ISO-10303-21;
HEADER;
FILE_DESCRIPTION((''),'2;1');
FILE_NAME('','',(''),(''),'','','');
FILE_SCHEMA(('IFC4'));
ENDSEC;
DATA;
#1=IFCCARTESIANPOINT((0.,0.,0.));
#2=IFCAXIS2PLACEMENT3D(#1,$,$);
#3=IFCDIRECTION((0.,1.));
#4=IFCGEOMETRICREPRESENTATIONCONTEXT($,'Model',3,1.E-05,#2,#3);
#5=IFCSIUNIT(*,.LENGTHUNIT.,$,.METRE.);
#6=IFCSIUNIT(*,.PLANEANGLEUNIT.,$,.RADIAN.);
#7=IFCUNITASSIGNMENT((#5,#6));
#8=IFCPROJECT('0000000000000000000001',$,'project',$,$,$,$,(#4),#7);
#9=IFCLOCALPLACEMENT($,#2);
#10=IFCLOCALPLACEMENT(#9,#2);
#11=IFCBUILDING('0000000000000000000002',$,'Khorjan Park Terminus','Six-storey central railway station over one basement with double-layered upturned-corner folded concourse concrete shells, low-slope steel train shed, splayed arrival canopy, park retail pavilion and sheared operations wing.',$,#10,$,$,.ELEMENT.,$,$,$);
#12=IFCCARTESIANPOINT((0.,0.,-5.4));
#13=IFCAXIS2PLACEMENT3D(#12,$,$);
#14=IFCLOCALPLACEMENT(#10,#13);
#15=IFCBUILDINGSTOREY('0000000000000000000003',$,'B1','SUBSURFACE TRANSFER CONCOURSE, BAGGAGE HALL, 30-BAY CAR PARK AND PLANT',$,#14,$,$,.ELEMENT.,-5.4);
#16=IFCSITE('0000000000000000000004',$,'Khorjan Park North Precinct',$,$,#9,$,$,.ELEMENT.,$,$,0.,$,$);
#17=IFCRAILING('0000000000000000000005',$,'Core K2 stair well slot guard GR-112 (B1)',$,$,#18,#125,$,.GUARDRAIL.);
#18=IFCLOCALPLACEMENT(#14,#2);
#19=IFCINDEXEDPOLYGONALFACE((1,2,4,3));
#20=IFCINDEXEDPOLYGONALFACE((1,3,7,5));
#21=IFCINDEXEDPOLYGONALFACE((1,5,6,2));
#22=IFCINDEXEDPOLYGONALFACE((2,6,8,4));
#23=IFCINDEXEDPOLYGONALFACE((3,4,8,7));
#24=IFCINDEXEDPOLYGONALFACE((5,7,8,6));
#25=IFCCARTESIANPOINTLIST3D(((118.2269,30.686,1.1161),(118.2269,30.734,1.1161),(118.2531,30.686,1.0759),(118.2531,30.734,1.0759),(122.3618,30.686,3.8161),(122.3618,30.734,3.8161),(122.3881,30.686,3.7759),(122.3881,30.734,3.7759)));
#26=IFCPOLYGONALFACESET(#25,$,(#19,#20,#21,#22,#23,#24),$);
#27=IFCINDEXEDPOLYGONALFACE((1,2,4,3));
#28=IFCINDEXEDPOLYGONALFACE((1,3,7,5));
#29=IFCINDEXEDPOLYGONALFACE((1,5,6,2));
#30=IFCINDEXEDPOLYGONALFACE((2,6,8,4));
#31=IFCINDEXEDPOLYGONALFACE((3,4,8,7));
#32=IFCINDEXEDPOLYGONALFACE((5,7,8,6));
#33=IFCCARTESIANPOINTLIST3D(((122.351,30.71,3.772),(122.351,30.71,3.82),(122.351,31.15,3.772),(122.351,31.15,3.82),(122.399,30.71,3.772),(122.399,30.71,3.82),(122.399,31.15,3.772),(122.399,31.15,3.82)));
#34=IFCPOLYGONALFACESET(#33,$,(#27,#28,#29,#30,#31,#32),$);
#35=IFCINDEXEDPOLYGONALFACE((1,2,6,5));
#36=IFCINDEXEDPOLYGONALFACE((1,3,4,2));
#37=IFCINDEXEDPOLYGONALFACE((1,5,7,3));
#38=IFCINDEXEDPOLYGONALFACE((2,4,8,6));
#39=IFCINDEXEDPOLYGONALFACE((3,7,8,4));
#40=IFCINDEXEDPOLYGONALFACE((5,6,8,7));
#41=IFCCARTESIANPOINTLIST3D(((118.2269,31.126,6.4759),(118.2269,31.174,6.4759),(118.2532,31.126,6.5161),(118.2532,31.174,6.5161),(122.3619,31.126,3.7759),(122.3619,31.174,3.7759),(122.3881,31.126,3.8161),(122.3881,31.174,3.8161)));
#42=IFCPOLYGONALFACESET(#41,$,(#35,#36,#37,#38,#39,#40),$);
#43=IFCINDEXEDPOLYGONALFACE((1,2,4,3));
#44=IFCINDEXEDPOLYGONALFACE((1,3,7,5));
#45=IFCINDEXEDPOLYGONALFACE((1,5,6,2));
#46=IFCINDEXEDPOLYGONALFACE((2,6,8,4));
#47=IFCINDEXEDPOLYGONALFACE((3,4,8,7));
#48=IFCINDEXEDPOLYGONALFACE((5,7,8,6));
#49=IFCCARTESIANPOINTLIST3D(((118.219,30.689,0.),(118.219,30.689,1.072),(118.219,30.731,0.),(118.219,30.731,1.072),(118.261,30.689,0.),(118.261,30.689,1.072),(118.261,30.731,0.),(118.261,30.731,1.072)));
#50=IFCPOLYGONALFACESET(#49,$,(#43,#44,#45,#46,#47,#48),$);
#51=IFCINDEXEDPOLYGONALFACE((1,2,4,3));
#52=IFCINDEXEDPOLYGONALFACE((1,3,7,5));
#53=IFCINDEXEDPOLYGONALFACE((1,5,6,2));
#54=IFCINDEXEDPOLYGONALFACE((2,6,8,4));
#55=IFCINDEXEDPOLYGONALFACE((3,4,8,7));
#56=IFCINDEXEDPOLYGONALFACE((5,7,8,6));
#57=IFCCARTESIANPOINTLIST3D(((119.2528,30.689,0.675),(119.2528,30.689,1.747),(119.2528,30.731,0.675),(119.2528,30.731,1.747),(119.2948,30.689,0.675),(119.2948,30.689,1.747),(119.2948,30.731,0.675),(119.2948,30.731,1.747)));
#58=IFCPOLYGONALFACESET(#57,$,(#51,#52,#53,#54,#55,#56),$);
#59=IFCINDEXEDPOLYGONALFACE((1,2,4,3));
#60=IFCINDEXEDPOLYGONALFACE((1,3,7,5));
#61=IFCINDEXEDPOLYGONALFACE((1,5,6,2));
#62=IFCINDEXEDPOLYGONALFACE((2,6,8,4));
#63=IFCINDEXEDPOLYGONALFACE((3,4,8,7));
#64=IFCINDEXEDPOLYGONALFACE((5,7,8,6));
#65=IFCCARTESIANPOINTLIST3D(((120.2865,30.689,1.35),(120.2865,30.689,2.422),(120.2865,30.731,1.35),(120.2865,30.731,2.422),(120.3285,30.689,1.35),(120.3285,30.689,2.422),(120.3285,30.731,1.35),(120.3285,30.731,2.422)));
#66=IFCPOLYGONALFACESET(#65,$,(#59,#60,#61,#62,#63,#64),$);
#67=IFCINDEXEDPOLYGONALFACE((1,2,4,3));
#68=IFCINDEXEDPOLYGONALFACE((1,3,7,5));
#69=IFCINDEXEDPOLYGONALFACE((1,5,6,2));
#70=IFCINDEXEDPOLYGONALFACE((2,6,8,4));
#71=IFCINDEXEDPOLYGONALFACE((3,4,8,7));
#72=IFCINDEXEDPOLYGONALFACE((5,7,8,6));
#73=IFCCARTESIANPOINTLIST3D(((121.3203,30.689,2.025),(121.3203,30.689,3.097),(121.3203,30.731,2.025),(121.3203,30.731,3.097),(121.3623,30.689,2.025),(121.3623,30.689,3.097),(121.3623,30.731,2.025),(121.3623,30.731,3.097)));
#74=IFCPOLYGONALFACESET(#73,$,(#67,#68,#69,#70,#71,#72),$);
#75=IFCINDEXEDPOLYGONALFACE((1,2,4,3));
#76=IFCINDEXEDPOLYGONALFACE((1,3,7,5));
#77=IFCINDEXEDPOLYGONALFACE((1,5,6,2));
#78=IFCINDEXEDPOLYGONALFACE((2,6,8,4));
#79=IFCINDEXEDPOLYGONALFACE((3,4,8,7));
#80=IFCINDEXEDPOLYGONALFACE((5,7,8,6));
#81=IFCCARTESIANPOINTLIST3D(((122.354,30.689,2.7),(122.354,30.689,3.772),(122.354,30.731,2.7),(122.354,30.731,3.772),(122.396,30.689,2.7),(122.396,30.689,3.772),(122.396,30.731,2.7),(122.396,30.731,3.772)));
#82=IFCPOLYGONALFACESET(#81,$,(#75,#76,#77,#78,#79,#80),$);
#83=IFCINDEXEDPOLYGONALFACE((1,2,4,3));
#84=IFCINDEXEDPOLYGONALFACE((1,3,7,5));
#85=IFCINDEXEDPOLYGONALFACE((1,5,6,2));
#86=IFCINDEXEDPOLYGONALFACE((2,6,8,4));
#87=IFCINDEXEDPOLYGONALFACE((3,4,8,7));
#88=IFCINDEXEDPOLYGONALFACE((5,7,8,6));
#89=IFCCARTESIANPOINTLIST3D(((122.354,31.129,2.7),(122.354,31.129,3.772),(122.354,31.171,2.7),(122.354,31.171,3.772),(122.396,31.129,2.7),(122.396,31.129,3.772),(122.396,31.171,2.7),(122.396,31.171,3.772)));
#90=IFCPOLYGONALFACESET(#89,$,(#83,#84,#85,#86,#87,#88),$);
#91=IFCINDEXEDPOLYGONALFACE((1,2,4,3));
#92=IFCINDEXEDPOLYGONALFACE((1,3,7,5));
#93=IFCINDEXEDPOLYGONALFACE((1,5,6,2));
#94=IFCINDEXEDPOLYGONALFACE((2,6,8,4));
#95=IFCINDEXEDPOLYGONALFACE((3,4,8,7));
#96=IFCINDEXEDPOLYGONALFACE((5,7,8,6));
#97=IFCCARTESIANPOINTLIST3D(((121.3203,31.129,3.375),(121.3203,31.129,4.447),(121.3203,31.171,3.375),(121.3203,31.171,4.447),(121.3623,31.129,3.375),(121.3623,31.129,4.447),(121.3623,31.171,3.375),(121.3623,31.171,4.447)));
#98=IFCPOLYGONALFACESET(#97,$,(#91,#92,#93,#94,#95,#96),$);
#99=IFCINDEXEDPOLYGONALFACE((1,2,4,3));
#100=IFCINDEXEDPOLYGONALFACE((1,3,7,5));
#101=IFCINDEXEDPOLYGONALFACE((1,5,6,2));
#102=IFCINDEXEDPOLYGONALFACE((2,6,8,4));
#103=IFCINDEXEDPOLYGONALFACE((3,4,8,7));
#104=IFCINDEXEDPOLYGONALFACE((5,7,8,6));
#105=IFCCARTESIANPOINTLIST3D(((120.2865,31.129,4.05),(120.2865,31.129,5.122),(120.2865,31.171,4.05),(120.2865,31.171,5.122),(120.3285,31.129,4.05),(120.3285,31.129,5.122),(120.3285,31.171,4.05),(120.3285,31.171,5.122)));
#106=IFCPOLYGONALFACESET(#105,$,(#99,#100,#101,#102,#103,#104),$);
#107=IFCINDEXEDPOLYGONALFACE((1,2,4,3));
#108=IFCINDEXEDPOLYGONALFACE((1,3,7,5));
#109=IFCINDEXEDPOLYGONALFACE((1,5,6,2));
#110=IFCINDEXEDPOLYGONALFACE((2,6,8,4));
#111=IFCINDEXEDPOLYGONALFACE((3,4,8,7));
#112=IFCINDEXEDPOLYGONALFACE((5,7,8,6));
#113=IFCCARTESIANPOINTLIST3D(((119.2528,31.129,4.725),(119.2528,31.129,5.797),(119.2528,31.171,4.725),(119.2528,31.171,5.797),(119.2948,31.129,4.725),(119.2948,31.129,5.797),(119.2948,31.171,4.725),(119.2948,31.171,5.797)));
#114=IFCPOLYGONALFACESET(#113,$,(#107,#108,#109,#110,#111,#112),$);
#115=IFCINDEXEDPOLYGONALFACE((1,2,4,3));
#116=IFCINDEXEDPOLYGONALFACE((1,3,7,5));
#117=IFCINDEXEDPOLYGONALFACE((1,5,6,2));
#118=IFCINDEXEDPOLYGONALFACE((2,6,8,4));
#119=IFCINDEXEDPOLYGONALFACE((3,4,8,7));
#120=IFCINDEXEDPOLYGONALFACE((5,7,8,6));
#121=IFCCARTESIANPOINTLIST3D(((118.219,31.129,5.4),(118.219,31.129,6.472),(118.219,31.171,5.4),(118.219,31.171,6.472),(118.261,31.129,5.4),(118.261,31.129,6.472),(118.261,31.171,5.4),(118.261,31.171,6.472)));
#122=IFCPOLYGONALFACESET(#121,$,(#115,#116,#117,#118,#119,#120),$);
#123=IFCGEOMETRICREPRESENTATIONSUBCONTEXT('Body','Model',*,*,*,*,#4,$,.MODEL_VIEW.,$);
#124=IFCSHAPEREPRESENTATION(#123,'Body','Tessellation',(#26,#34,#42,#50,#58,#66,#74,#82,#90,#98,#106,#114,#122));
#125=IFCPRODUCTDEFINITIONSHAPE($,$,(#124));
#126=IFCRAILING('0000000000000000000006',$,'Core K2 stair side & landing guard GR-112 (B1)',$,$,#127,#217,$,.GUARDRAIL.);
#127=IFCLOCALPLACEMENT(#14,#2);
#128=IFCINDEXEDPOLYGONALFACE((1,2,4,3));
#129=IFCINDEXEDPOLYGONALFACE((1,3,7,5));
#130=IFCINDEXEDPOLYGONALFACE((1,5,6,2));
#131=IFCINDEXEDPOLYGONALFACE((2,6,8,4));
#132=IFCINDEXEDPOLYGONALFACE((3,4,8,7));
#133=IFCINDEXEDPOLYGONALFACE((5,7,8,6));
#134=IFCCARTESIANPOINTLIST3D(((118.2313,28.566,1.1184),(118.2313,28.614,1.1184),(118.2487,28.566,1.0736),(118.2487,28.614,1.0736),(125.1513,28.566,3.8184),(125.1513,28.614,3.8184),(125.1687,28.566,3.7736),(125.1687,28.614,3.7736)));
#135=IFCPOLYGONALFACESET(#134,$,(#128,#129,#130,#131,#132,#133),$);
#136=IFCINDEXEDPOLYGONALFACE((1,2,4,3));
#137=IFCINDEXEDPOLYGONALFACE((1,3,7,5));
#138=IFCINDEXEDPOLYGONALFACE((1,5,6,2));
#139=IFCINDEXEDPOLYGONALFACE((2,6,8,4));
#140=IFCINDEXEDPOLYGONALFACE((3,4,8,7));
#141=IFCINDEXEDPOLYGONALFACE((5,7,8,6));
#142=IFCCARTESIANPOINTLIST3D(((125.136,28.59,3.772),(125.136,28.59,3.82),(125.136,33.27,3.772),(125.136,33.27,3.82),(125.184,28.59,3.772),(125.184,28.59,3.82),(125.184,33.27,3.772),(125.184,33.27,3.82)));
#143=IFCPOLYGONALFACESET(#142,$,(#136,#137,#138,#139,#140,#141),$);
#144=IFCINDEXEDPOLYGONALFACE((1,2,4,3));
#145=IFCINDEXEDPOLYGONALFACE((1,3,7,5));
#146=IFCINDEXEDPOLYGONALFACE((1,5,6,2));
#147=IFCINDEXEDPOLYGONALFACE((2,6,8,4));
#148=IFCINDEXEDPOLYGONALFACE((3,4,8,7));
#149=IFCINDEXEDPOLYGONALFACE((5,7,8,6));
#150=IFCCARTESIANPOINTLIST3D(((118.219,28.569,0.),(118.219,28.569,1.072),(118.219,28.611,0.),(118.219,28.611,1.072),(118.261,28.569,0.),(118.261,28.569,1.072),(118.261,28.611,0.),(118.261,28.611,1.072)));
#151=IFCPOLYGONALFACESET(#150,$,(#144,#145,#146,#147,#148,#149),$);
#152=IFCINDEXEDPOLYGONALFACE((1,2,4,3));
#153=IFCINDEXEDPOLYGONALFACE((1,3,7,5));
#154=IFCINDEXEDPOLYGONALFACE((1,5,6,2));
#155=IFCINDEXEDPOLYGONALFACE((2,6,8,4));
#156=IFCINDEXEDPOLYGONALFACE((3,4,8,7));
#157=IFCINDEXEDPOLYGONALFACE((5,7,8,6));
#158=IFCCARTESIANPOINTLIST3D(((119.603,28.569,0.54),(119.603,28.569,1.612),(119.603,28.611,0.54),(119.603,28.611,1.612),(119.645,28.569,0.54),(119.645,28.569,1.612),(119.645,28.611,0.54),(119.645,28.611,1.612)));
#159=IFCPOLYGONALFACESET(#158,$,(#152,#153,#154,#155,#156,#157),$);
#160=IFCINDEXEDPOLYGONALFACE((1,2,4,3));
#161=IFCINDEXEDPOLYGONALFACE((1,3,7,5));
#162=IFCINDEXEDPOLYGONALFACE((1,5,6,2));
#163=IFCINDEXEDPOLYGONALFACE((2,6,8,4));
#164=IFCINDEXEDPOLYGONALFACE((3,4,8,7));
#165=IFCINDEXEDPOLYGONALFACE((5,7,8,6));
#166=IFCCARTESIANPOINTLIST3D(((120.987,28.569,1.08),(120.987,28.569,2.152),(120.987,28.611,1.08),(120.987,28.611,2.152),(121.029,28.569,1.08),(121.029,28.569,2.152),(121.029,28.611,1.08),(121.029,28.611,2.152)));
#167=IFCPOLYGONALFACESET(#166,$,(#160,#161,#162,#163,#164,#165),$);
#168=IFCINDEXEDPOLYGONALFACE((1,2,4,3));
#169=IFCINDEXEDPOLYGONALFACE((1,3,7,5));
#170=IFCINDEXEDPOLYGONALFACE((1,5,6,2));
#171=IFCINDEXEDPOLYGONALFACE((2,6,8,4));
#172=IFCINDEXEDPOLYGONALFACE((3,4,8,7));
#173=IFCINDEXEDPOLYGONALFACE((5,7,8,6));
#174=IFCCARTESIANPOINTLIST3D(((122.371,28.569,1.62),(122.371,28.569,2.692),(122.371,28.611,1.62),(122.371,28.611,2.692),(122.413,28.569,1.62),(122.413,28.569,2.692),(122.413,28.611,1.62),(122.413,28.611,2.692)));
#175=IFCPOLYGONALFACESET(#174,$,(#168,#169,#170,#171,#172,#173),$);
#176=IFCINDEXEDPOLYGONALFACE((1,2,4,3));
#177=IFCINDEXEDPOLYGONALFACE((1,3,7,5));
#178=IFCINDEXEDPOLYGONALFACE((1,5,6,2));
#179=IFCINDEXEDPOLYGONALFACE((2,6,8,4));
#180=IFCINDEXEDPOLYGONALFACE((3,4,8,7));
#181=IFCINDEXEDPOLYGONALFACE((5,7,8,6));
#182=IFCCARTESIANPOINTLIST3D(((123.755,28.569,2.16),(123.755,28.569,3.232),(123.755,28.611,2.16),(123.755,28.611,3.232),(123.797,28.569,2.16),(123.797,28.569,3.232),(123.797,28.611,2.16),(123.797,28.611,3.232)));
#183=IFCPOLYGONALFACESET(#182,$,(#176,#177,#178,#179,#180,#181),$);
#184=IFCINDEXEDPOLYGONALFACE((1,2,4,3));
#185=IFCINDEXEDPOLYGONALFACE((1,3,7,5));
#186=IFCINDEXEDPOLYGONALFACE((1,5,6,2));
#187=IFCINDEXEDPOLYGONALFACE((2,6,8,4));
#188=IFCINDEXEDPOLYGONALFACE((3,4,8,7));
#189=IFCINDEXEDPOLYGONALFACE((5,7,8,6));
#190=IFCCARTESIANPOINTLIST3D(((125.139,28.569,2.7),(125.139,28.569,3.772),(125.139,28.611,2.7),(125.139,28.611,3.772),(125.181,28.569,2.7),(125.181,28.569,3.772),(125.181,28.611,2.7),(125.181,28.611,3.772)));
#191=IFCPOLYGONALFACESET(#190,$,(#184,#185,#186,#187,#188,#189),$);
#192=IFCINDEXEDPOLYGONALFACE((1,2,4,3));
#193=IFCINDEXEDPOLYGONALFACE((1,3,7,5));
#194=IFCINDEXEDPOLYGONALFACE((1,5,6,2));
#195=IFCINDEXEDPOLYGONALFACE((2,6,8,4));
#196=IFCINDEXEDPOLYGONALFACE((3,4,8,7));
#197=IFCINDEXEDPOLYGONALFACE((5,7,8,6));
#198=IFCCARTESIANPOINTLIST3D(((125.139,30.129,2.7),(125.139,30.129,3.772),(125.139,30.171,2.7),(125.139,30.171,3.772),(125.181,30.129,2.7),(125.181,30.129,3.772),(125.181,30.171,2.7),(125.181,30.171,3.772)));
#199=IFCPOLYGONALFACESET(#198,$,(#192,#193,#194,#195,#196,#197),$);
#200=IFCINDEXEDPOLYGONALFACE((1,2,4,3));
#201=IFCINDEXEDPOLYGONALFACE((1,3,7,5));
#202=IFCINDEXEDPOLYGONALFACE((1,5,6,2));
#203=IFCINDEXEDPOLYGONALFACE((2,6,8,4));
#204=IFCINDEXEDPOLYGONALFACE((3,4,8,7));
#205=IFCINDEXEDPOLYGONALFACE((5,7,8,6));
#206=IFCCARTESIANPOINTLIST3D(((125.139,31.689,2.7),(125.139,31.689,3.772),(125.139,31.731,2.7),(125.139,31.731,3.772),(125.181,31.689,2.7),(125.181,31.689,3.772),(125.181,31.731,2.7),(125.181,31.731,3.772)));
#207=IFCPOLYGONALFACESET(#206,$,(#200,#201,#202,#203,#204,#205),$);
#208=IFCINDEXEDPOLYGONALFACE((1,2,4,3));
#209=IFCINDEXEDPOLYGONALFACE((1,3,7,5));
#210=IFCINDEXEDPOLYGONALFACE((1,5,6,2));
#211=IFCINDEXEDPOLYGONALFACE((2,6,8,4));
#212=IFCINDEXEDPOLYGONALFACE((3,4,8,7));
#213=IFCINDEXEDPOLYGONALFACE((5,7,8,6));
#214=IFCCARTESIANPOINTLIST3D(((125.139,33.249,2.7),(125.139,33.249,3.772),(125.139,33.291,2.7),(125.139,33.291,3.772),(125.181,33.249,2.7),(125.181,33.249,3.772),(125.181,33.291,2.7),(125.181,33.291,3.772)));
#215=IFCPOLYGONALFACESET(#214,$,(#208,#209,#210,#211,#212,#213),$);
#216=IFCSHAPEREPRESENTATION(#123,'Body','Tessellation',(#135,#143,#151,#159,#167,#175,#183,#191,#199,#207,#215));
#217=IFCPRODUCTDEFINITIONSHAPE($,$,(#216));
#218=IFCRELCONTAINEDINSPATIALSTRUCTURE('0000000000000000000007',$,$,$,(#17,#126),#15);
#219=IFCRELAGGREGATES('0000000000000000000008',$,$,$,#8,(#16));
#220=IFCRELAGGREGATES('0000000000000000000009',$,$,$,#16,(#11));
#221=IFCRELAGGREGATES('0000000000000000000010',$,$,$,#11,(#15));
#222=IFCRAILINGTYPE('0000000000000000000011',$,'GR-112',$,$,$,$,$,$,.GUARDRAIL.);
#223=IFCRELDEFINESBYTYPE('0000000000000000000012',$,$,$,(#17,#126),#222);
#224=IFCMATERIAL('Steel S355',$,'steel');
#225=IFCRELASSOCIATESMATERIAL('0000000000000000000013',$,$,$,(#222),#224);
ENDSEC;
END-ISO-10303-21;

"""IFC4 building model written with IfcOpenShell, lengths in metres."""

from ifc_helpers import new_model, si_unit, direction, frame, origin, origin_2d, place, context, subcontext, project, spatial, rectangle, extrude, material, type_object, element, save


model = new_model("IFC4")

# Units and contexts
model_context = context("Model", 3, precision=1e-05, world=origin(), true_north=direction((0.0, 1.0)))
body_context = subcontext(model_context, "Body", "Model", "MODEL_VIEW")
ifc_project = project(units=[si_unit("LENGTHUNIT", "METRE"), si_unit("PLANEANGLEUNIT", "RADIAN")], contexts=[model_context])

# Site, building, storey
site_placement = place(None, origin())
site = spatial("IfcSite", under=ifc_project, at=site_placement, Name="Khorjan Park North Precinct", CompositionType="ELEMENT", RefElevation=0.0)
building_placement = place(site_placement, origin())
building = spatial("IfcBuilding", under=site, at=building_placement, Name="Khorjan Park Terminus", Description="Six-storey central railway station over one basement with double-layered upturned-corner folded concourse concrete shells, low-slope steel train shed, splayed arrival canopy, park retail pavilion and sheared operations wing.", CompositionType="ELEMENT")
storey_placement = place(building_placement, frame((0.0, 0.0, -5.4)))
storey = spatial("IfcBuildingStorey", under=building, at=storey_placement, Name="B1", Description="SUBSURFACE TRANSFER CONCOURSE, BAGGAGE HALL, 30-BAY CAR PARK AND PLANT", CompositionType="ELEMENT", Elevation=-5.4)

# Railings
ifc_material_1 = material(Name="Steel S355", Category="steel")
railing_type_1 = type_object("IfcRailingType", Name="GR-112", PredefinedType="GUARDRAIL", material=ifc_material_1)
railing_1_placement = place(storey_placement, frame((118.24, 30.71, 0.0)))
element("IfcRailing", 1, at=railing_1_placement, inside=storey, type_object=railing_type_1, Name="Core K2 stair well slot guard GR-112 (B1)", PredefinedType="GUARDRAIL", context=body_context, shape_type="SweptSolid", body=[
    extrude(rectangle(XDim=0.048, YDim=0.048, at=origin_2d()), frame((0.0, 0.0, 1.096), z_axis=(0.837308, 0.0, 0.546731), x_axis=(0.0, 1.0, 0.0)), (0.0, 0.0, 1.0), 4.9384),
    extrude(rectangle(XDim=0.048, YDim=0.048, at=origin_2d()), frame((4.135, 0.0, 3.796), z_axis=(0.0, 1.0, 0.0), x_axis=(-1.0, 0.0, 0.0)), (0.0, 0.0, 1.0), 0.44),
    extrude(rectangle(XDim=0.048, YDim=0.048, at=origin_2d()), frame((4.135, 0.44, 3.796), z_axis=(-0.837308, 0.0, 0.546731), x_axis=(0.0, -1.0, 0.0)), (0.0, 0.0, 1.0), 4.9384),
    extrude(rectangle(XDim=0.042, YDim=0.042, at=origin_2d()), origin(), (0.0, 0.0, 1.0), 1.072),
    extrude(rectangle(XDim=0.042, YDim=0.042, at=origin_2d()), frame((1.0338, 0.0, 0.675)), (0.0, 0.0, 1.0), 1.072),
    extrude(rectangle(XDim=0.042, YDim=0.042, at=origin_2d()), frame((2.0675, 0.0, 1.35)), (0.0, 0.0, 1.0), 1.072),
    extrude(rectangle(XDim=0.042, YDim=0.042, at=origin_2d()), frame((3.1013, 0.0, 2.025)), (0.0, 0.0, 1.0), 1.072),
    extrude(rectangle(XDim=0.042, YDim=0.042, at=origin_2d()), frame((4.135, 0.0, 2.7)), (0.0, 0.0, 1.0), 1.072),
    extrude(rectangle(XDim=0.042, YDim=0.042, at=origin_2d()), frame((4.135, 0.44, 2.7)), (0.0, 0.0, 1.0), 1.072),
    extrude(rectangle(XDim=0.042, YDim=0.042, at=origin_2d()), frame((3.1013, 0.44, 3.375)), (0.0, 0.0, 1.0), 1.072),
    extrude(rectangle(XDim=0.042, YDim=0.042, at=origin_2d()), frame((2.0675, 0.44, 4.05)), (0.0, 0.0, 1.0), 1.072),
    extrude(rectangle(XDim=0.042, YDim=0.042, at=origin_2d()), frame((1.0338, 0.44, 4.725)), (0.0, 0.0, 1.0), 1.072),
    extrude(rectangle(XDim=0.042, YDim=0.042, at=origin_2d()), frame((0.0, 0.44, 5.4)), (0.0, 0.0, 1.0), 1.072),
])
railing_2_placement = place(storey_placement, frame((118.24, 28.59, 0.0)))
element("IfcRailing", 2, at=railing_2_placement, inside=storey, type_object=railing_type_1, Name="Core K2 stair side & landing guard GR-112 (B1)", PredefinedType="GUARDRAIL", context=body_context, shape_type="SweptSolid", body=[
    extrude(rectangle(XDim=0.048, YDim=0.048, at=origin_2d()), frame((0.0, 0.0, 1.096), z_axis=(0.9316, 0.0, 0.363485), x_axis=(0.0, 1.0, 0.0)), (0.0, 0.0, 1.0), 7.4281),
    extrude(rectangle(XDim=0.048, YDim=0.048, at=origin_2d()), frame((6.92, 0.0, 3.796), z_axis=(0.0, 1.0, 0.0), x_axis=(-1.0, 0.0, 0.0)), (0.0, 0.0, 1.0), 4.68),
    extrude(rectangle(XDim=0.042, YDim=0.042, at=origin_2d()), origin(), (0.0, 0.0, 1.0), 1.072),
    extrude(rectangle(XDim=0.042, YDim=0.042, at=origin_2d()), frame((1.384, 0.0, 0.54)), (0.0, 0.0, 1.0), 1.072),
    extrude(rectangle(XDim=0.042, YDim=0.042, at=origin_2d()), frame((2.768, 0.0, 1.08)), (0.0, 0.0, 1.0), 1.072),
    extrude(rectangle(XDim=0.042, YDim=0.042, at=origin_2d()), frame((4.152, 0.0, 1.62)), (0.0, 0.0, 1.0), 1.072),
    extrude(rectangle(XDim=0.042, YDim=0.042, at=origin_2d()), frame((5.536, 0.0, 2.16)), (0.0, 0.0, 1.0), 1.072),
    extrude(rectangle(XDim=0.042, YDim=0.042, at=origin_2d()), frame((6.92, 0.0, 2.7)), (0.0, 0.0, 1.0), 1.072),
    extrude(rectangle(XDim=0.042, YDim=0.042, at=origin_2d()), frame((6.92, 1.56, 2.7)), (0.0, 0.0, 1.0), 1.072),
    extrude(rectangle(XDim=0.042, YDim=0.042, at=origin_2d()), frame((6.92, 3.12, 2.7)), (0.0, 0.0, 1.0), 1.072),
    extrude(rectangle(XDim=0.042, YDim=0.042, at=origin_2d()), frame((6.92, 4.68, 2.7)), (0.0, 0.0, 1.0), 1.072),
])

save(model, "model.ifc")
